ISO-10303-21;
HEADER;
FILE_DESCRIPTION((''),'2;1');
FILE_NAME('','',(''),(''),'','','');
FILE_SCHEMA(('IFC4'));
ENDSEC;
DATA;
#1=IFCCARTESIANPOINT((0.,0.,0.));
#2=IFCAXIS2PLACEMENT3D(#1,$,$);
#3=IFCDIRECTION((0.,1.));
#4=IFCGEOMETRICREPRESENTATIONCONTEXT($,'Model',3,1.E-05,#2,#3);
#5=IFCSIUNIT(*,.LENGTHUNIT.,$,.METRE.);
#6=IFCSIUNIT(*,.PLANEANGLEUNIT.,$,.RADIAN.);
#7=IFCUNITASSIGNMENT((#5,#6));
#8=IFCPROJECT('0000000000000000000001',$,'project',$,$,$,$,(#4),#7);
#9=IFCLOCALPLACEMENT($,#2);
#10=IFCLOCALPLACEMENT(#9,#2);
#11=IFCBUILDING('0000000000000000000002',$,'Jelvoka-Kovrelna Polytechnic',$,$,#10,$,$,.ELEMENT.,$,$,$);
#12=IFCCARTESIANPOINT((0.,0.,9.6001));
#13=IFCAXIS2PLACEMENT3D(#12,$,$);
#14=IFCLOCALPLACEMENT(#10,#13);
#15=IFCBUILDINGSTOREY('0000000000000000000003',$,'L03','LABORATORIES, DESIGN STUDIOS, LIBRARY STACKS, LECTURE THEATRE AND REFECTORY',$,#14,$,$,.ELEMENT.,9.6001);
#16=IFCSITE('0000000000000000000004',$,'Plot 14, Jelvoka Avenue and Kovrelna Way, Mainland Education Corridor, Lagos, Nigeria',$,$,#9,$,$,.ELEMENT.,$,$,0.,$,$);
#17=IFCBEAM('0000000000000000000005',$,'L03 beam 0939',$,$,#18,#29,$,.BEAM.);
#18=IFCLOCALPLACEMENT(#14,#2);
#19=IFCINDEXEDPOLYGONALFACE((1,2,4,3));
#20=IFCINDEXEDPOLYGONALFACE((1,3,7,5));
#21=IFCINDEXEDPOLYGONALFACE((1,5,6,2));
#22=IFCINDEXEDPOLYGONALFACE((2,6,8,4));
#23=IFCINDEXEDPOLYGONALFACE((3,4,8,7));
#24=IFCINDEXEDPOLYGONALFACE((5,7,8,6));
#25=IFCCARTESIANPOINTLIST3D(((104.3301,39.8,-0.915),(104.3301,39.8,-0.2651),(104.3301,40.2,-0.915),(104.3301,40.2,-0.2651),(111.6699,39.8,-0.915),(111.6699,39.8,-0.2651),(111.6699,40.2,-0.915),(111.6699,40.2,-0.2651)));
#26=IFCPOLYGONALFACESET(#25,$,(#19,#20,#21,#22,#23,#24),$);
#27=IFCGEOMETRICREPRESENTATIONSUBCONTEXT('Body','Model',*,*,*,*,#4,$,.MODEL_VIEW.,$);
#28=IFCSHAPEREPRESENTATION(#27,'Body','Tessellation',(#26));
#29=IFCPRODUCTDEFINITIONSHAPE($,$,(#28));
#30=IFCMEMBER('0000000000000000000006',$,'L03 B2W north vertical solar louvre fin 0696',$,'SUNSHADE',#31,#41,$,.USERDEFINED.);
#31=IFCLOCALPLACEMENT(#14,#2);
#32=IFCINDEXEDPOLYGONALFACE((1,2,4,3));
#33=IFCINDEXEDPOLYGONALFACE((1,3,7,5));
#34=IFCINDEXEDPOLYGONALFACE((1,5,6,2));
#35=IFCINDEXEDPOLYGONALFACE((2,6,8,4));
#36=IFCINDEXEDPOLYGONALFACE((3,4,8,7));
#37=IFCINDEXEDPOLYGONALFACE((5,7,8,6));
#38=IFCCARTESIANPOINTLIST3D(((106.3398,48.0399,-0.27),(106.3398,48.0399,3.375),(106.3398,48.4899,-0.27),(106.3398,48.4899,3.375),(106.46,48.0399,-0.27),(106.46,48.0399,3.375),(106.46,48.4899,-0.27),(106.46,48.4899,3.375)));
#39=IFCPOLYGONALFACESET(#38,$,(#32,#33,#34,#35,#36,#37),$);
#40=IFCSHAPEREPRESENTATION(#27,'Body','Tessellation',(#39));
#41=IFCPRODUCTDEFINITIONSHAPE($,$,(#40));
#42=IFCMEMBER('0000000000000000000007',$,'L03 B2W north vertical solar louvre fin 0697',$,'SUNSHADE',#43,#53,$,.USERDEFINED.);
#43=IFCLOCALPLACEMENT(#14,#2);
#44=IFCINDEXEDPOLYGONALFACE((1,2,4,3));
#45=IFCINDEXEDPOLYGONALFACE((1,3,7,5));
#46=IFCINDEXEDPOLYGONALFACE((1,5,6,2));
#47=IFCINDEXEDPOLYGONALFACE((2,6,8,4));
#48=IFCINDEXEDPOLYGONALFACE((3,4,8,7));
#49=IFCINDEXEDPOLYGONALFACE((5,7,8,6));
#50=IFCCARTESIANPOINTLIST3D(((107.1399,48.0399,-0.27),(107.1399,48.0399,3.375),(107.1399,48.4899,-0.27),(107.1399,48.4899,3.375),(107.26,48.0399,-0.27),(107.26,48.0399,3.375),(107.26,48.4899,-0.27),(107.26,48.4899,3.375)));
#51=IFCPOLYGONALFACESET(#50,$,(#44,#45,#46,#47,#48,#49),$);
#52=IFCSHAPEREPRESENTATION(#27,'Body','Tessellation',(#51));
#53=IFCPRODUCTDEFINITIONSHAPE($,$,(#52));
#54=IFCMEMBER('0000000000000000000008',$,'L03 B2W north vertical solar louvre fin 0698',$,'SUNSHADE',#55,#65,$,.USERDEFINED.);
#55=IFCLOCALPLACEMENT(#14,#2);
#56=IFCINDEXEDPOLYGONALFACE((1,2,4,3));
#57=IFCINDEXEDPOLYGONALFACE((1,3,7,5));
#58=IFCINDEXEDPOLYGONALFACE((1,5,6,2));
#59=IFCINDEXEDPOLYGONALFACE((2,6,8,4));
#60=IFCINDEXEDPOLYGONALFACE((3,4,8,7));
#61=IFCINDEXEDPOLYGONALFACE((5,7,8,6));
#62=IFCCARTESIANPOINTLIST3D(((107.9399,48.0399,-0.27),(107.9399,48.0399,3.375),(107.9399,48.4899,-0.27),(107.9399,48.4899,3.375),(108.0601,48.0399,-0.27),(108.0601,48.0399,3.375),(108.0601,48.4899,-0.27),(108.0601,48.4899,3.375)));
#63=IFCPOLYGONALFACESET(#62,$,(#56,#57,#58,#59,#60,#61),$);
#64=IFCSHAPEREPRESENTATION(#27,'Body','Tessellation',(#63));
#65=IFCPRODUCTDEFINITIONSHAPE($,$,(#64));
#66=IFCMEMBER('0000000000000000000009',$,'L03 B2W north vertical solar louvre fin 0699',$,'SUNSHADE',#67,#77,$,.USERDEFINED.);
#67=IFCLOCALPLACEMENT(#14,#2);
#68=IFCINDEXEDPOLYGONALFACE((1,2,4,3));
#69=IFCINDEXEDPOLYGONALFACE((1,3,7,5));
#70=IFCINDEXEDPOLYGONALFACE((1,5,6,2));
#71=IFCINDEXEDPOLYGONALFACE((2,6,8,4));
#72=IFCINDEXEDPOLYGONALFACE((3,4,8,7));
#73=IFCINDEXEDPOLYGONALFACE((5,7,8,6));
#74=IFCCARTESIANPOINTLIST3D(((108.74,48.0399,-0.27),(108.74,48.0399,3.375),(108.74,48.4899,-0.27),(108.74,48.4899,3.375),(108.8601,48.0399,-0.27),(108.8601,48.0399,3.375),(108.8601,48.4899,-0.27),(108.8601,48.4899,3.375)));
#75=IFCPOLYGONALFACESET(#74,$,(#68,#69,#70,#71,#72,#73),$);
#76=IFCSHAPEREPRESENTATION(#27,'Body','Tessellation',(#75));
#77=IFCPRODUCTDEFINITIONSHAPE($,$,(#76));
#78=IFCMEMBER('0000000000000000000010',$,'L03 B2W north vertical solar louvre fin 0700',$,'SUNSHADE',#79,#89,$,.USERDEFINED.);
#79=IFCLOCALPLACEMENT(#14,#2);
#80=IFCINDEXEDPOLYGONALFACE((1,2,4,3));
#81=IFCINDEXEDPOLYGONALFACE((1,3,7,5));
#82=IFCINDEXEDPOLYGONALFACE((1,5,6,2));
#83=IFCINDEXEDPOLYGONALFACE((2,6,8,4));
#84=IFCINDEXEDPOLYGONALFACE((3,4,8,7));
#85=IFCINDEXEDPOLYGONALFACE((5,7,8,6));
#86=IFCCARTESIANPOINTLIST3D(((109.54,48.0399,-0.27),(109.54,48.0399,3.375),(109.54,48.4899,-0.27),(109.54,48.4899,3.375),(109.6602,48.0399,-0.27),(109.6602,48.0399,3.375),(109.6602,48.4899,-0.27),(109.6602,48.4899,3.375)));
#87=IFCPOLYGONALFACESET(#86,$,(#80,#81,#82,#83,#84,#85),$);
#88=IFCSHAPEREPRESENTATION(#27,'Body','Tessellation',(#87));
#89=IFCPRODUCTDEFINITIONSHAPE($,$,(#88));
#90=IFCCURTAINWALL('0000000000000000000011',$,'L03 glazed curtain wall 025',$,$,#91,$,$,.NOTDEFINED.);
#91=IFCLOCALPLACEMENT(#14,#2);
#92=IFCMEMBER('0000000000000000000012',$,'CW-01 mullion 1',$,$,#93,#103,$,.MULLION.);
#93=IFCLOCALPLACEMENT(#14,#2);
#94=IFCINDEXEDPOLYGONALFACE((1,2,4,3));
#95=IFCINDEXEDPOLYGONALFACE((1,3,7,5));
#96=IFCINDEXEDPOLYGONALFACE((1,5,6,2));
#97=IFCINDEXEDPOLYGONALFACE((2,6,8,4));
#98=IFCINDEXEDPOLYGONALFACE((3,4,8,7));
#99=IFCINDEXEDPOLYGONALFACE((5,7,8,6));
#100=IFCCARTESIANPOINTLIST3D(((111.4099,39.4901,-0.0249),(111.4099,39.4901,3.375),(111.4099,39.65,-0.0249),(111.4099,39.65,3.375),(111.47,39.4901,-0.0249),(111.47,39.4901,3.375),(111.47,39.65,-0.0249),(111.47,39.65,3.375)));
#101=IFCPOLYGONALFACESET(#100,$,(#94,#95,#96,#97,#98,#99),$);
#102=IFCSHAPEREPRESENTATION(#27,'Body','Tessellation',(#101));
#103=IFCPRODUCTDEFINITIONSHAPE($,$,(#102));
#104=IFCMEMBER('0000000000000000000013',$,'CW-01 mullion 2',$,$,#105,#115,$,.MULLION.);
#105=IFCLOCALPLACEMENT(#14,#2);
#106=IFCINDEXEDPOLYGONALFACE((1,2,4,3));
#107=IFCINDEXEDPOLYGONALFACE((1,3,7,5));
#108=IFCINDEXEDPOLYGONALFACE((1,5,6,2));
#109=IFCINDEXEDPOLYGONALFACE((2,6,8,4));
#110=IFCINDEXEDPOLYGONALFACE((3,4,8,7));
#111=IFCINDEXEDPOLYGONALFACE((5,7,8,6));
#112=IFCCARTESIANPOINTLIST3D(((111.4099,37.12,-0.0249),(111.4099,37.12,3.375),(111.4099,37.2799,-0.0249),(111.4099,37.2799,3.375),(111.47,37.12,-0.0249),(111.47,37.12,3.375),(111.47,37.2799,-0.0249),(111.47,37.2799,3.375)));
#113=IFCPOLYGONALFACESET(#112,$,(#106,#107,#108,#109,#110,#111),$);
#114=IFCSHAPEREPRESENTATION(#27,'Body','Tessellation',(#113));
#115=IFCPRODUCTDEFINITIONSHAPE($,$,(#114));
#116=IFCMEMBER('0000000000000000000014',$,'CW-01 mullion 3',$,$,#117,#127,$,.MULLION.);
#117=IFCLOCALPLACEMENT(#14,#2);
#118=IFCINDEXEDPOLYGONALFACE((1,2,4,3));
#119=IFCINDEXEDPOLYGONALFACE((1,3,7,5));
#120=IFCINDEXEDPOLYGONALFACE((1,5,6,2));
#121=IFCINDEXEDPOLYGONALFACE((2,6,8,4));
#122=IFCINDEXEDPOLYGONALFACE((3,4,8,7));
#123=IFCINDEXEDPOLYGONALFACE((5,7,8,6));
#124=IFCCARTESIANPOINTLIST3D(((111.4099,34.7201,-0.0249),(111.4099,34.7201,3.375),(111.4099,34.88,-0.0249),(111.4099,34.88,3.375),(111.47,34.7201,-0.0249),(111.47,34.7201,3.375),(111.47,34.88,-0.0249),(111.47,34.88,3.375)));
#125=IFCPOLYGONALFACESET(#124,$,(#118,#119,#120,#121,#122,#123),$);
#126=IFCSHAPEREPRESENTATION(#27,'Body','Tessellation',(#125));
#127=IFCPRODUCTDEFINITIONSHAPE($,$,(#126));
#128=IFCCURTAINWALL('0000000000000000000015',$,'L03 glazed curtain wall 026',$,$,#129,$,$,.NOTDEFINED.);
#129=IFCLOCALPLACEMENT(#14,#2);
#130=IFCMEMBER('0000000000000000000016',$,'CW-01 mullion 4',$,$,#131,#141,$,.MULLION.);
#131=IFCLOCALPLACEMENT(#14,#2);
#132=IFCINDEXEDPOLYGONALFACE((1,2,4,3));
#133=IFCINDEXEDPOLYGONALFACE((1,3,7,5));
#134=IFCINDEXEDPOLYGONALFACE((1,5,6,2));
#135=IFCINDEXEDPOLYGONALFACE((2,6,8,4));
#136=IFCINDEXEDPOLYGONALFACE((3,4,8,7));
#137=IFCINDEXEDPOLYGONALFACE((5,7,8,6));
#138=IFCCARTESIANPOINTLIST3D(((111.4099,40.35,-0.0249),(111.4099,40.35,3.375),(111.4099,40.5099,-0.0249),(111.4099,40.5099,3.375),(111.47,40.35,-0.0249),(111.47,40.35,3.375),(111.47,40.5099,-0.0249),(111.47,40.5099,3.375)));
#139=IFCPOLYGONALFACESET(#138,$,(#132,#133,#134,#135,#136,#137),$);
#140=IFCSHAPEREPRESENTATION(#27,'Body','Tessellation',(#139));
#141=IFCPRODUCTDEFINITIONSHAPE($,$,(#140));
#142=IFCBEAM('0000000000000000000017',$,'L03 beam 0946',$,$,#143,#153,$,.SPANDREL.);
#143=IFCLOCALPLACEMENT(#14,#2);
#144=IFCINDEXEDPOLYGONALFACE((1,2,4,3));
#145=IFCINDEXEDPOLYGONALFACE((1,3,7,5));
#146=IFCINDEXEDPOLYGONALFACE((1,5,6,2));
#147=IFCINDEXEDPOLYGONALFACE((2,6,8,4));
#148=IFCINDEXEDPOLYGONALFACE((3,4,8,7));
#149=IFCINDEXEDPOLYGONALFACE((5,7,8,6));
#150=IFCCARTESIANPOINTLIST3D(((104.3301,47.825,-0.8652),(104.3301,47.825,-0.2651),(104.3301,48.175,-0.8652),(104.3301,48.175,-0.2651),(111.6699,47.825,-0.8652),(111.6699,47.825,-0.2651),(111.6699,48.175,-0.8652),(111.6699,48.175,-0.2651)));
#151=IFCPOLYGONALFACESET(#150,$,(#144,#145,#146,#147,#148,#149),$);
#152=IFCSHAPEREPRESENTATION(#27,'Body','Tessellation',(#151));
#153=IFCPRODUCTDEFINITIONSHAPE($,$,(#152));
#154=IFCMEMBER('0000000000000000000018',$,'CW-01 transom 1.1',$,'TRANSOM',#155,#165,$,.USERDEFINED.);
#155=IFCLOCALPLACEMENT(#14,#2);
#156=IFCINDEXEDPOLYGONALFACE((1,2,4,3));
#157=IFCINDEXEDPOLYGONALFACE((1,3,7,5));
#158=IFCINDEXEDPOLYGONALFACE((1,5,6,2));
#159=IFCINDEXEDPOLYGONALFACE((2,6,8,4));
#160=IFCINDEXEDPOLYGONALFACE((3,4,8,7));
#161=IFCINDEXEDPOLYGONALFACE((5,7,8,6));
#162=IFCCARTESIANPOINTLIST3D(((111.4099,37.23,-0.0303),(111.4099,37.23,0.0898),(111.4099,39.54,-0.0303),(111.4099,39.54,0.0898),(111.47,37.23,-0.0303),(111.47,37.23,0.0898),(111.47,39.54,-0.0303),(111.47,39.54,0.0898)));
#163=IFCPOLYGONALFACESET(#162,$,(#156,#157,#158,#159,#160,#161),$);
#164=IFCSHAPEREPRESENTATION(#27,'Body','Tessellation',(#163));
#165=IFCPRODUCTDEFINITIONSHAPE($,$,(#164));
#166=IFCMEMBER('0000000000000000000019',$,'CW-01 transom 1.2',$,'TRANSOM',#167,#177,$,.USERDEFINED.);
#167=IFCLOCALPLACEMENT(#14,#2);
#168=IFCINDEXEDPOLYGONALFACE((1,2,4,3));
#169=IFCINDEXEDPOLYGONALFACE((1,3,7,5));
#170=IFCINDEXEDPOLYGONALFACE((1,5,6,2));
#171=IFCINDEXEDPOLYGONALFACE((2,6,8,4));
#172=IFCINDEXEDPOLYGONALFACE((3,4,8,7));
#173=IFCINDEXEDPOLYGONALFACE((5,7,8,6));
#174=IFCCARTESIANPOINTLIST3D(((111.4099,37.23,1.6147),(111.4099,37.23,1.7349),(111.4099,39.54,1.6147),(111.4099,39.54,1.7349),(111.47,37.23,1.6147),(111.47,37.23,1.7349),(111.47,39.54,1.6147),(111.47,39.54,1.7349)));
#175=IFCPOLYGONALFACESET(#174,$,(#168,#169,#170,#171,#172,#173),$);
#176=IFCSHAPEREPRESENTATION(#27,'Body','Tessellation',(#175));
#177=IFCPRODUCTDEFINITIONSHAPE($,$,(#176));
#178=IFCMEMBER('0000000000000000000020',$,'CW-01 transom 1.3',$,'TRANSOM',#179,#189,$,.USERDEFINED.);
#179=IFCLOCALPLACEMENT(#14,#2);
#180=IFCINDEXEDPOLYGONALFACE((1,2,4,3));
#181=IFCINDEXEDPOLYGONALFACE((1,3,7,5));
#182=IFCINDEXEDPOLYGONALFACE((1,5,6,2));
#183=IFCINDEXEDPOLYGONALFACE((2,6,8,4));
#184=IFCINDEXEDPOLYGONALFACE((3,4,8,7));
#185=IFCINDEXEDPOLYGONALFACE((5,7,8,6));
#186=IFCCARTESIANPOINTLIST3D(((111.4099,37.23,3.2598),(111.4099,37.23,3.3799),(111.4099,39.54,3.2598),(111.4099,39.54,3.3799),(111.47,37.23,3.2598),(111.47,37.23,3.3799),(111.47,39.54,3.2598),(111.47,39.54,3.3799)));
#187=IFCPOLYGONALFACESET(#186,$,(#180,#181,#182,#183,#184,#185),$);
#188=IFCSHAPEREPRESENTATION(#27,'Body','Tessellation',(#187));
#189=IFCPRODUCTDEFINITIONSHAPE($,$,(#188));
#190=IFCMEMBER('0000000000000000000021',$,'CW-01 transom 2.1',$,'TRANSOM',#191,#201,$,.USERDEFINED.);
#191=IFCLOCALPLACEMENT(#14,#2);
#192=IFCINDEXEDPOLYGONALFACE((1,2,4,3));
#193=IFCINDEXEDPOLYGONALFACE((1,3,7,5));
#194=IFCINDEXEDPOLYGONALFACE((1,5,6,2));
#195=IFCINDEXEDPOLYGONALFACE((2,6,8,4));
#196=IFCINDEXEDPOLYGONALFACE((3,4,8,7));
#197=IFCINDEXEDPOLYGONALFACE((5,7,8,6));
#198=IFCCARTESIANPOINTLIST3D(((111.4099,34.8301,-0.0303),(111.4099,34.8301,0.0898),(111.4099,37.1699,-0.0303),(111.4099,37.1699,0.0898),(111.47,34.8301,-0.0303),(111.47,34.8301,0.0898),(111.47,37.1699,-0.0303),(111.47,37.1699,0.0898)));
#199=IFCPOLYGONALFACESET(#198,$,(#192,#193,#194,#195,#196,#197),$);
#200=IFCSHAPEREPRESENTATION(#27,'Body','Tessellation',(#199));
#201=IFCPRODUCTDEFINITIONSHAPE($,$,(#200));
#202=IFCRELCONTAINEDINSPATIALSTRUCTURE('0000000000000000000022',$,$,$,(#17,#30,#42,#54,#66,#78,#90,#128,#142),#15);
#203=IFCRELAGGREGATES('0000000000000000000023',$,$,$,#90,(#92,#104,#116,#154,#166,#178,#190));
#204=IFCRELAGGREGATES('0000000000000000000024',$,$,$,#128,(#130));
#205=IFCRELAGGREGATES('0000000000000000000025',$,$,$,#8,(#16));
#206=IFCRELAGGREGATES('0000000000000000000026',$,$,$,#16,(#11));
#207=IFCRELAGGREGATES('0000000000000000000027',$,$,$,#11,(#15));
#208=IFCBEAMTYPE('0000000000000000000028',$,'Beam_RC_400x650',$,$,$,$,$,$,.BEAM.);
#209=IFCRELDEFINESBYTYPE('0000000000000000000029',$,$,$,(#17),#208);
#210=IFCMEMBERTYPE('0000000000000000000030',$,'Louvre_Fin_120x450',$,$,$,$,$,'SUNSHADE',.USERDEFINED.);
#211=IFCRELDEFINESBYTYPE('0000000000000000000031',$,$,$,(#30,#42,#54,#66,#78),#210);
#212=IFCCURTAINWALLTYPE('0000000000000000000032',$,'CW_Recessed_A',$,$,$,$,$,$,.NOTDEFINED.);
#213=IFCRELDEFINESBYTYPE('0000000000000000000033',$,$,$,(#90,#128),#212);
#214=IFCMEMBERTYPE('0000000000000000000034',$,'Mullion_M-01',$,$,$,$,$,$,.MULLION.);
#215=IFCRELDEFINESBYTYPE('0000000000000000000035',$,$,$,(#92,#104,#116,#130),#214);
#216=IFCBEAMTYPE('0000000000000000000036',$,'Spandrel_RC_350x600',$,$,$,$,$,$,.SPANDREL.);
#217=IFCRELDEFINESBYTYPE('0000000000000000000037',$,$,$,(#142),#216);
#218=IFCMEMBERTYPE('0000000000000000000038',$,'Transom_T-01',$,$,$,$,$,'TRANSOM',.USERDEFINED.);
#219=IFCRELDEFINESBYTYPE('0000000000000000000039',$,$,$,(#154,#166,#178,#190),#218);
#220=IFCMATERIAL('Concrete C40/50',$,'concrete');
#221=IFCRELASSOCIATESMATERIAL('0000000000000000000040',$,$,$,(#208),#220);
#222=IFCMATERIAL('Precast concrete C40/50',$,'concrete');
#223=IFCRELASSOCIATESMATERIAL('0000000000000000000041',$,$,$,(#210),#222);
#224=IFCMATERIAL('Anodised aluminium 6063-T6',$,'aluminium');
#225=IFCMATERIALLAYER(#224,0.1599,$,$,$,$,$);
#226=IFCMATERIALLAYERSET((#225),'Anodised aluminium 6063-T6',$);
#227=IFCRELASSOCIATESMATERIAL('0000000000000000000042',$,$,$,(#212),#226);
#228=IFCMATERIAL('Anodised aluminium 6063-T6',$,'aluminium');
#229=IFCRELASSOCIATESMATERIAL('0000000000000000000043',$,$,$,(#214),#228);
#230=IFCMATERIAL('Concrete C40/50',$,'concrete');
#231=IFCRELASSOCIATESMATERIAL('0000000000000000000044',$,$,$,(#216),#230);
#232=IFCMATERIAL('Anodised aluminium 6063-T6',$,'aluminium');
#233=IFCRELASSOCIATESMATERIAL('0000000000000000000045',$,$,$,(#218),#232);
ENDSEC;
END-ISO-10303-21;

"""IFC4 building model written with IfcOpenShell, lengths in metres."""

from ifc_helpers import new_model, si_unit, direction, frame, origin, origin_2d, place, context, subcontext, project, spatial, rectangle, extrude, material, layer, layer_set, material_profile, profile_set, type_object, element, aggregate, save


model = new_model("IFC4")

# Units and contexts
model_context = context("Model", 3, precision=1e-05, world=origin(), true_north=direction((0.0, 1.0)))
body_context = subcontext(model_context, "Body", "Model", "MODEL_VIEW")
ifc_project = project(units=[si_unit("LENGTHUNIT", "METRE"), si_unit("PLANEANGLEUNIT", "RADIAN")], contexts=[model_context])

# Site, building, storey
site_placement = place(None, origin())
site = spatial("IfcSite", under=ifc_project, at=site_placement, Name="Plot 14, Jelvoka Avenue and Kovrelna Way, Mainland Education Corridor, Lagos, Nigeria", CompositionType="ELEMENT", RefElevation=0.0)
building_placement = place(site_placement, origin())
building = spatial("IfcBuilding", under=site, at=building_placement, Name="Jelvoka-Kovrelna Polytechnic", CompositionType="ELEMENT")
storey_placement = place(building_placement, frame((0.0, 0.0, 9.6001)))
storey = spatial("IfcBuildingStorey", under=building, at=storey_placement, Name="L03", Description="LABORATORIES, DESIGN STUDIOS, LIBRARY STACKS, LECTURE THEATRE AND REFECTORY", CompositionType="ELEMENT", Elevation=9.6001)

# Beam
ifc_material_1 = material(Name="Concrete C40/50", Category="concrete")
ifc_material_profile_1 = material_profile(ifc_material_1, rectangle(XDim=0.3999, YDim=0.6499, at=origin_2d()), Name="RC 400x650")
ifc_profile_set_1 = profile_set([ifc_material_profile_1], Name="Concrete C40/50")
beam_type_1 = type_object("IfcBeamType", Name="Beam_RC_400x650", PredefinedType="BEAM", material=ifc_profile_set_1)
beam_1_placement = place(storey_placement, frame((104.3301, 40.0, -0.5901), z_axis=(1.0, 0.0, 0.0), x_axis=(0.0, 1.0, 0.0)))
element("IfcBeam", 1, at=beam_1_placement, inside=storey, type_object=beam_type_1, Name="L03 beam 0939", PredefinedType="BEAM", context=body_context, shape_type="SweptSolid", body=[
    extrude(rectangle(XDim=0.3999, YDim=0.6499, at=origin_2d()), origin(), (0.0, 0.0, 1.0), 7.3398),
])

# Members
ifc_material_2 = material(Name="Precast concrete C40/50", Category="concrete")
ifc_material_profile_2 = material_profile(ifc_material_2, rectangle(XDim=0.1201, YDim=0.45, at=origin_2d()), Name="PC 120x450")
ifc_profile_set_2 = profile_set([ifc_material_profile_2], Name="Precast concrete C40/50")
member_type_1 = type_object("IfcMemberType", Name="Louvre_Fin_120x450", ElementType="SUNSHADE", PredefinedType="USERDEFINED", material=ifc_profile_set_2)
for number, where, z_axis, x_axis, name in (
    (2, (106.3999, 48.2649, -0.27), (0.0, 0.0, 1.0), (1.0, 0.0, 0.0), "L03 B2W north vertical solar louvre fin 0696"),
    (3, (107.2, 48.2649, -0.27), (0.0, 0.0, 1.0), (1.0, 0.0, 0.0), "L03 B2W north vertical solar louvre fin 0697"),
    (4, (108.0, 48.2649, -0.27), (0.0, 0.0, 1.0), (1.0, 0.0, 0.0), "L03 B2W north vertical solar louvre fin 0698"),
    (5, (108.8, 48.2649, -0.27), (0.0, 0.0, 1.0), (1.0, 0.0, 0.0), "L03 B2W north vertical solar louvre fin 0699"),
    (6, (109.6001, 48.2649, -0.27), (0.0, 0.0, 1.0), (1.0, 0.0, 0.0), "L03 B2W north vertical solar louvre fin 0700"),
):
    element("IfcMember", number, at=place(storey_placement, frame(where, z_axis=z_axis, x_axis=x_axis)), inside=storey, type_object=member_type_1, Name=name, ObjectType="SUNSHADE", PredefinedType="USERDEFINED", context=body_context, shape_type="SweptSolid", body=[
        extrude(rectangle(XDim=0.1201, YDim=0.45, at=origin_2d()), origin(), (0.0, 0.0, 1.0), 3.645),
    ])

# Curtain wall, members
ifc_material_3 = material(Name="Anodised aluminium 6063-T6", Category="aluminium")
ifc_layer_1 = layer(ifc_material_3, 0.1599)
ifc_layer_set_1 = layer_set([ifc_layer_1], Name="Anodised aluminium 6063-T6")
curtain_wall_type = type_object("IfcCurtainWallType", Name="CW_Recessed_A", PredefinedType="NOTDEFINED", material=ifc_layer_set_1)
curtain_wall_1_placement = place(storey_placement, origin())
curtain_wall_1 = element("IfcCurtainWall", 7, at=curtain_wall_1_placement, inside=storey, type_object=curtain_wall_type, Name="L03 glazed curtain wall 025", PredefinedType="NOTDEFINED")
ifc_material_4 = material(Name="Anodised aluminium 6063-T6", Category="aluminium")
ifc_material_profile_3 = material_profile(ifc_material_4, rectangle(XDim=0.0601, YDim=0.1599, at=origin_2d()), Name="ALU 60x160")
ifc_profile_set_3 = profile_set([ifc_material_profile_3], Name="Anodised aluminium 6063-T6")
member_type_2 = type_object("IfcMemberType", Name="Mullion_M-01", PredefinedType="MULLION", material=ifc_profile_set_3)
member_1_placement = place(storey_placement, frame((111.4399, 39.5701, -0.0249), z_axis=(0.0, 0.0, 1.0), x_axis=(1.0, 0.0, 0.0)))
member_1 = element("IfcMember", 8, at=member_1_placement, type_object=member_type_2, Name="CW-01 mullion 1", PredefinedType="MULLION", context=body_context, shape_type="SweptSolid", body=[
    extrude(rectangle(XDim=0.0601, YDim=0.1599, at=origin_2d()), origin(), (0.0, 0.0, 1.0), 3.3999),
])
member_2_placement = place(storey_placement, frame((111.4399, 37.2, -0.0249), z_axis=(0.0, 0.0, 1.0), x_axis=(1.0, 0.0, 0.0)))
member_2 = element("IfcMember", 9, at=member_2_placement, type_object=member_type_2, Name="CW-01 mullion 2", PredefinedType="MULLION", context=body_context, shape_type="SweptSolid", body=[
    extrude(rectangle(XDim=0.0601, YDim=0.1599, at=origin_2d()), origin(), (0.0, 0.0, 1.0), 3.3999),
])
member_3_placement = place(storey_placement, frame((111.4399, 34.8, -0.0249), z_axis=(0.0, 0.0, 1.0), x_axis=(1.0, 0.0, 0.0)))
member_3 = element("IfcMember", 10, at=member_3_placement, type_object=member_type_2, Name="CW-01 mullion 3", PredefinedType="MULLION", context=body_context, shape_type="SweptSolid", body=[
    extrude(rectangle(XDim=0.0601, YDim=0.1599, at=origin_2d()), origin(), (0.0, 0.0, 1.0), 3.3999),
])

# Curtain wall, member
curtain_wall_2_placement = place(storey_placement, origin())
curtain_wall_2 = element("IfcCurtainWall", 11, at=curtain_wall_2_placement, inside=storey, type_object=curtain_wall_type, Name="L03 glazed curtain wall 026", PredefinedType="NOTDEFINED")
member_4_placement = place(storey_placement, frame((111.4399, 40.4299, -0.0249), z_axis=(0.0, 0.0, 1.0), x_axis=(1.0, 0.0, 0.0)))
member_4 = element("IfcMember", 12, at=member_4_placement, type_object=member_type_2, Name="CW-01 mullion 4", PredefinedType="MULLION", context=body_context, shape_type="SweptSolid", body=[
    extrude(rectangle(XDim=0.0601, YDim=0.1599, at=origin_2d()), origin(), (0.0, 0.0, 1.0), 3.3999),
])

# Beam
ifc_material_5 = material(Name="Concrete C40/50", Category="concrete")
ifc_material_profile_4 = material_profile(ifc_material_5, rectangle(XDim=0.3501, YDim=0.6001, at=origin_2d()), Name="RC 350x600")
ifc_profile_set_4 = profile_set([ifc_material_profile_4], Name="Concrete C40/50")
beam_type_2 = type_object("IfcBeamType", Name="Spandrel_RC_350x600", PredefinedType="SPANDREL", material=ifc_profile_set_4)
beam_2_placement = place(storey_placement, frame((104.3301, 48.0, -0.5652), z_axis=(1.0, 0.0, 0.0), x_axis=(0.0, 1.0, 0.0)))
element("IfcBeam", 13, at=beam_2_placement, inside=storey, type_object=beam_type_2, Name="L03 beam 0946", PredefinedType="SPANDREL", context=body_context, shape_type="SweptSolid", body=[
    extrude(rectangle(XDim=0.3501, YDim=0.6001, at=origin_2d()), origin(), (0.0, 0.0, 1.0), 7.3398),
])

# Members
ifc_material_6 = material(Name="Anodised aluminium 6063-T6", Category="aluminium")
ifc_material_profile_5 = material_profile(ifc_material_6, rectangle(XDim=0.0601, YDim=0.1201, at=origin_2d()), Name="ALU 60x120")
ifc_profile_set_5 = profile_set([ifc_material_profile_5], Name="Anodised aluminium 6063-T6")
member_type_3 = type_object("IfcMemberType", Name="Transom_T-01", ElementType="TRANSOM", PredefinedType="USERDEFINED", material=ifc_profile_set_5)
member_5_placement = place(storey_placement, frame((111.4399, 39.54, 0.0298), z_axis=(0.0, -1.0, 0.0), x_axis=(1.0, 0.0, 0.0)))
member_5 = element("IfcMember", 14, at=member_5_placement, type_object=member_type_3, Name="CW-01 transom 1.1", ObjectType="TRANSOM", PredefinedType="USERDEFINED", context=body_context, shape_type="SweptSolid", body=[
    extrude(rectangle(XDim=0.0601, YDim=0.1201, at=origin_2d()), origin(), (0.0, 0.0, 1.0), 2.3101),
])
member_6_placement = place(storey_placement, frame((111.4399, 39.54, 1.6748), z_axis=(0.0, -1.0, 0.0), x_axis=(1.0, 0.0, 0.0)))
member_6 = element("IfcMember", 15, at=member_6_placement, type_object=member_type_3, Name="CW-01 transom 1.2", ObjectType="TRANSOM", PredefinedType="USERDEFINED", context=body_context, shape_type="SweptSolid", body=[
    extrude(rectangle(XDim=0.0601, YDim=0.1201, at=origin_2d()), origin(), (0.0, 0.0, 1.0), 2.3101),
])
member_7_placement = place(storey_placement, frame((111.4399, 39.54, 3.3198), z_axis=(0.0, -1.0, 0.0), x_axis=(1.0, 0.0, 0.0)))
member_7 = element("IfcMember", 16, at=member_7_placement, type_object=member_type_3, Name="CW-01 transom 1.3", ObjectType="TRANSOM", PredefinedType="USERDEFINED", context=body_context, shape_type="SweptSolid", body=[
    extrude(rectangle(XDim=0.0601, YDim=0.1201, at=origin_2d()), origin(), (0.0, 0.0, 1.0), 2.3101),
])
member_8_placement = place(storey_placement, frame((111.4399, 37.1699, 0.0298), z_axis=(0.0, -1.0, 0.0), x_axis=(1.0, 0.0, 0.0)))
member_8 = element("IfcMember", 17, at=member_8_placement, type_object=member_type_3, Name="CW-01 transom 2.1", ObjectType="TRANSOM", PredefinedType="USERDEFINED", context=body_context, shape_type="SweptSolid", body=[
    extrude(rectangle(XDim=0.0601, YDim=0.1201, at=origin_2d()), origin(), (0.0, 0.0, 1.0), 2.3398),
])

aggregate(curtain_wall_1, [member_1, member_2, member_3, member_5, member_6, member_7, member_8])
aggregate(curtain_wall_2, [member_4])

save(model, "model.ifc")
